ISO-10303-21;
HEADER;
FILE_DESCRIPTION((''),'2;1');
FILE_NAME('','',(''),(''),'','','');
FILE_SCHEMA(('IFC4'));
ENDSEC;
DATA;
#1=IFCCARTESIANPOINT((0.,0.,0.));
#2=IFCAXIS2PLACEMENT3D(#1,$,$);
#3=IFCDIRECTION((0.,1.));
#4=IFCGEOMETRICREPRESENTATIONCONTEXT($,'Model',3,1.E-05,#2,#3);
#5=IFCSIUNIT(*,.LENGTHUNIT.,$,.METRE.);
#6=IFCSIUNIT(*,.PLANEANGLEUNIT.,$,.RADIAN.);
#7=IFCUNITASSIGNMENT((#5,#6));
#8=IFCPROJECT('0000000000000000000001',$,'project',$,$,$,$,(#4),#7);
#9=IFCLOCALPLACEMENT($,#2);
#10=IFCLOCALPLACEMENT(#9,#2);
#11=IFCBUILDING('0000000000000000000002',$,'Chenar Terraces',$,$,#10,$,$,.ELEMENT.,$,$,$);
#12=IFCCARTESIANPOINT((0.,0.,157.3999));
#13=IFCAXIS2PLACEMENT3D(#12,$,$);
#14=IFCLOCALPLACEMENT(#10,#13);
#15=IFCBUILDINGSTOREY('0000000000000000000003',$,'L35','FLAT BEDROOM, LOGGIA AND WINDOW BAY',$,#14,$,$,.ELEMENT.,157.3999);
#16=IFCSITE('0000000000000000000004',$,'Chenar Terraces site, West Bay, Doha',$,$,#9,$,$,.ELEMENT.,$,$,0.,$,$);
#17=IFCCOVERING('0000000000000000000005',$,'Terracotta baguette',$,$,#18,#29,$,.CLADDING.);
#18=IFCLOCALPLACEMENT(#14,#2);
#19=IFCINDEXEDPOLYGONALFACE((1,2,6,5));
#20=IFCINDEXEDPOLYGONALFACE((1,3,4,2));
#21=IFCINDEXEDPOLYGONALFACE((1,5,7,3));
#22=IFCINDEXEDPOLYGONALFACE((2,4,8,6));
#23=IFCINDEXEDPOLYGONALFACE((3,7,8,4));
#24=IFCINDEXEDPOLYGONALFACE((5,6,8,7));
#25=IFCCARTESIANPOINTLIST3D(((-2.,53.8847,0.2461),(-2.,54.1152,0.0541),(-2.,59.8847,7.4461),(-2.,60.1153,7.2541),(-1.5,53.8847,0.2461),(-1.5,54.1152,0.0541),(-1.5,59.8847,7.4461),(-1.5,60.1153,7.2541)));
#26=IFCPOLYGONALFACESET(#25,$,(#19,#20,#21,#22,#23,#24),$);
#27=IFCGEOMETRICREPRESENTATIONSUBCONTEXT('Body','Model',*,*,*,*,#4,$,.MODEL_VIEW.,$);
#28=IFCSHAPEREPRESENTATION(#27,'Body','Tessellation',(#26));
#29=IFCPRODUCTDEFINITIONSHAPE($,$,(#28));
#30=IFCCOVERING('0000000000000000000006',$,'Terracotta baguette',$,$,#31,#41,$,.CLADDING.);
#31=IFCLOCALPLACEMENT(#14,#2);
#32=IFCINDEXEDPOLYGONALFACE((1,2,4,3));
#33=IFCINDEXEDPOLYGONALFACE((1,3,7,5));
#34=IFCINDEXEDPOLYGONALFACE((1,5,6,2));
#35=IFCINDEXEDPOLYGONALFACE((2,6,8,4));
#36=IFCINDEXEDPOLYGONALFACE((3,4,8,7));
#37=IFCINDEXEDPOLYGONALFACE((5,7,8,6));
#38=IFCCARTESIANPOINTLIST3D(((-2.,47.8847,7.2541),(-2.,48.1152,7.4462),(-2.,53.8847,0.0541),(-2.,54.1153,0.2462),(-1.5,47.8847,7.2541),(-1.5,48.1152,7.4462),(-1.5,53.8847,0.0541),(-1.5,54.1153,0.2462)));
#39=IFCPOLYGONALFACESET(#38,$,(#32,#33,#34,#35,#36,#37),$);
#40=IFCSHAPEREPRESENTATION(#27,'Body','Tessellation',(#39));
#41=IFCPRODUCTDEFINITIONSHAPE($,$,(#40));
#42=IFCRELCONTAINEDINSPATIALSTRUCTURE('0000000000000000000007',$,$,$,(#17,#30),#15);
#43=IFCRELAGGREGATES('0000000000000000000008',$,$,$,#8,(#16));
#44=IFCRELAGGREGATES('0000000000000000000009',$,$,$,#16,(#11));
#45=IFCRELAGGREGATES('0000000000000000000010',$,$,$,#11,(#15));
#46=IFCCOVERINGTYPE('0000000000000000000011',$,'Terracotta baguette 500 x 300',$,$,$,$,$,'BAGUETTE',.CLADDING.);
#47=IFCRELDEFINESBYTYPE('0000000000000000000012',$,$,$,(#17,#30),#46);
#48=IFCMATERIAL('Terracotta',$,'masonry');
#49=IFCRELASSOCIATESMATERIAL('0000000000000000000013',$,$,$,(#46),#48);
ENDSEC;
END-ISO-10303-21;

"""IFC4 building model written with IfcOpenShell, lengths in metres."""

from ifc_helpers import new_model, si_unit, direction, frame, origin, origin_2d, place, context, subcontext, project, spatial, rectangle, extrude, material, material_profile, profile_set, type_object, element, save


model = new_model("IFC4")

# Units and contexts
model_context = context("Model", 3, precision=1e-05, world=origin(), true_north=direction((0.0, 1.0)))
body_context = subcontext(model_context, "Body", "Model", "MODEL_VIEW")
ifc_project = project(units=[si_unit("LENGTHUNIT", "METRE"), si_unit("PLANEANGLEUNIT", "RADIAN")], contexts=[model_context])

# Site, building, storey
site_placement = place(None, origin())
site = spatial("IfcSite", under=ifc_project, at=site_placement, Name="Chenar Terraces site, West Bay, Doha", CompositionType="ELEMENT", RefElevation=0.0)
building_placement = place(site_placement, origin())
building = spatial("IfcBuilding", under=site, at=building_placement, Name="Chenar Terraces", CompositionType="ELEMENT")
storey_placement = place(building_placement, frame((0.0, 0.0, 157.3999)))
storey = spatial("IfcBuildingStorey", under=building, at=storey_placement, Name="L35", Description="FLAT BEDROOM, LOGGIA AND WINDOW BAY", CompositionType="ELEMENT", Elevation=157.3999)

# Coverings
ifc_material_1 = material(Name="Terracotta", Category="masonry")
ifc_material_profile_1 = material_profile(ifc_material_1, rectangle(XDim=0.5, YDim=0.3, at=origin_2d()), Name="Terracotta baguette 500 x 300")
ifc_profile_set_1 = profile_set([ifc_material_profile_1], Name="Terracotta")
covering_type = type_object("IfcCoveringType", Name="Terracotta baguette 500 x 300", ElementType="BAGUETTE", PredefinedType="CLADDING", material=ifc_profile_set_1)
for number, where, z_axis, x_axis, name in (
    (1, (-1.75, 60.0, 7.3501), (0.0, -0.640187, -0.768219), (1.0, 0.0, 0.0), "Terracotta baguette"),
    (2, (-1.75, 54.0, 0.1501), (0.0, -0.640187, 0.768219), (1.0, 0.0, 0.0), "Terracotta baguette"),
):
    element("IfcCovering", number, at=place(storey_placement, frame(where, z_axis=z_axis, x_axis=x_axis)), inside=storey, type_object=covering_type, Name=name, PredefinedType="CLADDING", context=body_context, shape_type="SweptSolid", body=[
        extrude(rectangle(XDim=0.5, YDim=0.3, at=origin_2d()), origin(), (0.0, 0.0, 1.0), 9.3723),
    ])

save(model, "model.ifc")
